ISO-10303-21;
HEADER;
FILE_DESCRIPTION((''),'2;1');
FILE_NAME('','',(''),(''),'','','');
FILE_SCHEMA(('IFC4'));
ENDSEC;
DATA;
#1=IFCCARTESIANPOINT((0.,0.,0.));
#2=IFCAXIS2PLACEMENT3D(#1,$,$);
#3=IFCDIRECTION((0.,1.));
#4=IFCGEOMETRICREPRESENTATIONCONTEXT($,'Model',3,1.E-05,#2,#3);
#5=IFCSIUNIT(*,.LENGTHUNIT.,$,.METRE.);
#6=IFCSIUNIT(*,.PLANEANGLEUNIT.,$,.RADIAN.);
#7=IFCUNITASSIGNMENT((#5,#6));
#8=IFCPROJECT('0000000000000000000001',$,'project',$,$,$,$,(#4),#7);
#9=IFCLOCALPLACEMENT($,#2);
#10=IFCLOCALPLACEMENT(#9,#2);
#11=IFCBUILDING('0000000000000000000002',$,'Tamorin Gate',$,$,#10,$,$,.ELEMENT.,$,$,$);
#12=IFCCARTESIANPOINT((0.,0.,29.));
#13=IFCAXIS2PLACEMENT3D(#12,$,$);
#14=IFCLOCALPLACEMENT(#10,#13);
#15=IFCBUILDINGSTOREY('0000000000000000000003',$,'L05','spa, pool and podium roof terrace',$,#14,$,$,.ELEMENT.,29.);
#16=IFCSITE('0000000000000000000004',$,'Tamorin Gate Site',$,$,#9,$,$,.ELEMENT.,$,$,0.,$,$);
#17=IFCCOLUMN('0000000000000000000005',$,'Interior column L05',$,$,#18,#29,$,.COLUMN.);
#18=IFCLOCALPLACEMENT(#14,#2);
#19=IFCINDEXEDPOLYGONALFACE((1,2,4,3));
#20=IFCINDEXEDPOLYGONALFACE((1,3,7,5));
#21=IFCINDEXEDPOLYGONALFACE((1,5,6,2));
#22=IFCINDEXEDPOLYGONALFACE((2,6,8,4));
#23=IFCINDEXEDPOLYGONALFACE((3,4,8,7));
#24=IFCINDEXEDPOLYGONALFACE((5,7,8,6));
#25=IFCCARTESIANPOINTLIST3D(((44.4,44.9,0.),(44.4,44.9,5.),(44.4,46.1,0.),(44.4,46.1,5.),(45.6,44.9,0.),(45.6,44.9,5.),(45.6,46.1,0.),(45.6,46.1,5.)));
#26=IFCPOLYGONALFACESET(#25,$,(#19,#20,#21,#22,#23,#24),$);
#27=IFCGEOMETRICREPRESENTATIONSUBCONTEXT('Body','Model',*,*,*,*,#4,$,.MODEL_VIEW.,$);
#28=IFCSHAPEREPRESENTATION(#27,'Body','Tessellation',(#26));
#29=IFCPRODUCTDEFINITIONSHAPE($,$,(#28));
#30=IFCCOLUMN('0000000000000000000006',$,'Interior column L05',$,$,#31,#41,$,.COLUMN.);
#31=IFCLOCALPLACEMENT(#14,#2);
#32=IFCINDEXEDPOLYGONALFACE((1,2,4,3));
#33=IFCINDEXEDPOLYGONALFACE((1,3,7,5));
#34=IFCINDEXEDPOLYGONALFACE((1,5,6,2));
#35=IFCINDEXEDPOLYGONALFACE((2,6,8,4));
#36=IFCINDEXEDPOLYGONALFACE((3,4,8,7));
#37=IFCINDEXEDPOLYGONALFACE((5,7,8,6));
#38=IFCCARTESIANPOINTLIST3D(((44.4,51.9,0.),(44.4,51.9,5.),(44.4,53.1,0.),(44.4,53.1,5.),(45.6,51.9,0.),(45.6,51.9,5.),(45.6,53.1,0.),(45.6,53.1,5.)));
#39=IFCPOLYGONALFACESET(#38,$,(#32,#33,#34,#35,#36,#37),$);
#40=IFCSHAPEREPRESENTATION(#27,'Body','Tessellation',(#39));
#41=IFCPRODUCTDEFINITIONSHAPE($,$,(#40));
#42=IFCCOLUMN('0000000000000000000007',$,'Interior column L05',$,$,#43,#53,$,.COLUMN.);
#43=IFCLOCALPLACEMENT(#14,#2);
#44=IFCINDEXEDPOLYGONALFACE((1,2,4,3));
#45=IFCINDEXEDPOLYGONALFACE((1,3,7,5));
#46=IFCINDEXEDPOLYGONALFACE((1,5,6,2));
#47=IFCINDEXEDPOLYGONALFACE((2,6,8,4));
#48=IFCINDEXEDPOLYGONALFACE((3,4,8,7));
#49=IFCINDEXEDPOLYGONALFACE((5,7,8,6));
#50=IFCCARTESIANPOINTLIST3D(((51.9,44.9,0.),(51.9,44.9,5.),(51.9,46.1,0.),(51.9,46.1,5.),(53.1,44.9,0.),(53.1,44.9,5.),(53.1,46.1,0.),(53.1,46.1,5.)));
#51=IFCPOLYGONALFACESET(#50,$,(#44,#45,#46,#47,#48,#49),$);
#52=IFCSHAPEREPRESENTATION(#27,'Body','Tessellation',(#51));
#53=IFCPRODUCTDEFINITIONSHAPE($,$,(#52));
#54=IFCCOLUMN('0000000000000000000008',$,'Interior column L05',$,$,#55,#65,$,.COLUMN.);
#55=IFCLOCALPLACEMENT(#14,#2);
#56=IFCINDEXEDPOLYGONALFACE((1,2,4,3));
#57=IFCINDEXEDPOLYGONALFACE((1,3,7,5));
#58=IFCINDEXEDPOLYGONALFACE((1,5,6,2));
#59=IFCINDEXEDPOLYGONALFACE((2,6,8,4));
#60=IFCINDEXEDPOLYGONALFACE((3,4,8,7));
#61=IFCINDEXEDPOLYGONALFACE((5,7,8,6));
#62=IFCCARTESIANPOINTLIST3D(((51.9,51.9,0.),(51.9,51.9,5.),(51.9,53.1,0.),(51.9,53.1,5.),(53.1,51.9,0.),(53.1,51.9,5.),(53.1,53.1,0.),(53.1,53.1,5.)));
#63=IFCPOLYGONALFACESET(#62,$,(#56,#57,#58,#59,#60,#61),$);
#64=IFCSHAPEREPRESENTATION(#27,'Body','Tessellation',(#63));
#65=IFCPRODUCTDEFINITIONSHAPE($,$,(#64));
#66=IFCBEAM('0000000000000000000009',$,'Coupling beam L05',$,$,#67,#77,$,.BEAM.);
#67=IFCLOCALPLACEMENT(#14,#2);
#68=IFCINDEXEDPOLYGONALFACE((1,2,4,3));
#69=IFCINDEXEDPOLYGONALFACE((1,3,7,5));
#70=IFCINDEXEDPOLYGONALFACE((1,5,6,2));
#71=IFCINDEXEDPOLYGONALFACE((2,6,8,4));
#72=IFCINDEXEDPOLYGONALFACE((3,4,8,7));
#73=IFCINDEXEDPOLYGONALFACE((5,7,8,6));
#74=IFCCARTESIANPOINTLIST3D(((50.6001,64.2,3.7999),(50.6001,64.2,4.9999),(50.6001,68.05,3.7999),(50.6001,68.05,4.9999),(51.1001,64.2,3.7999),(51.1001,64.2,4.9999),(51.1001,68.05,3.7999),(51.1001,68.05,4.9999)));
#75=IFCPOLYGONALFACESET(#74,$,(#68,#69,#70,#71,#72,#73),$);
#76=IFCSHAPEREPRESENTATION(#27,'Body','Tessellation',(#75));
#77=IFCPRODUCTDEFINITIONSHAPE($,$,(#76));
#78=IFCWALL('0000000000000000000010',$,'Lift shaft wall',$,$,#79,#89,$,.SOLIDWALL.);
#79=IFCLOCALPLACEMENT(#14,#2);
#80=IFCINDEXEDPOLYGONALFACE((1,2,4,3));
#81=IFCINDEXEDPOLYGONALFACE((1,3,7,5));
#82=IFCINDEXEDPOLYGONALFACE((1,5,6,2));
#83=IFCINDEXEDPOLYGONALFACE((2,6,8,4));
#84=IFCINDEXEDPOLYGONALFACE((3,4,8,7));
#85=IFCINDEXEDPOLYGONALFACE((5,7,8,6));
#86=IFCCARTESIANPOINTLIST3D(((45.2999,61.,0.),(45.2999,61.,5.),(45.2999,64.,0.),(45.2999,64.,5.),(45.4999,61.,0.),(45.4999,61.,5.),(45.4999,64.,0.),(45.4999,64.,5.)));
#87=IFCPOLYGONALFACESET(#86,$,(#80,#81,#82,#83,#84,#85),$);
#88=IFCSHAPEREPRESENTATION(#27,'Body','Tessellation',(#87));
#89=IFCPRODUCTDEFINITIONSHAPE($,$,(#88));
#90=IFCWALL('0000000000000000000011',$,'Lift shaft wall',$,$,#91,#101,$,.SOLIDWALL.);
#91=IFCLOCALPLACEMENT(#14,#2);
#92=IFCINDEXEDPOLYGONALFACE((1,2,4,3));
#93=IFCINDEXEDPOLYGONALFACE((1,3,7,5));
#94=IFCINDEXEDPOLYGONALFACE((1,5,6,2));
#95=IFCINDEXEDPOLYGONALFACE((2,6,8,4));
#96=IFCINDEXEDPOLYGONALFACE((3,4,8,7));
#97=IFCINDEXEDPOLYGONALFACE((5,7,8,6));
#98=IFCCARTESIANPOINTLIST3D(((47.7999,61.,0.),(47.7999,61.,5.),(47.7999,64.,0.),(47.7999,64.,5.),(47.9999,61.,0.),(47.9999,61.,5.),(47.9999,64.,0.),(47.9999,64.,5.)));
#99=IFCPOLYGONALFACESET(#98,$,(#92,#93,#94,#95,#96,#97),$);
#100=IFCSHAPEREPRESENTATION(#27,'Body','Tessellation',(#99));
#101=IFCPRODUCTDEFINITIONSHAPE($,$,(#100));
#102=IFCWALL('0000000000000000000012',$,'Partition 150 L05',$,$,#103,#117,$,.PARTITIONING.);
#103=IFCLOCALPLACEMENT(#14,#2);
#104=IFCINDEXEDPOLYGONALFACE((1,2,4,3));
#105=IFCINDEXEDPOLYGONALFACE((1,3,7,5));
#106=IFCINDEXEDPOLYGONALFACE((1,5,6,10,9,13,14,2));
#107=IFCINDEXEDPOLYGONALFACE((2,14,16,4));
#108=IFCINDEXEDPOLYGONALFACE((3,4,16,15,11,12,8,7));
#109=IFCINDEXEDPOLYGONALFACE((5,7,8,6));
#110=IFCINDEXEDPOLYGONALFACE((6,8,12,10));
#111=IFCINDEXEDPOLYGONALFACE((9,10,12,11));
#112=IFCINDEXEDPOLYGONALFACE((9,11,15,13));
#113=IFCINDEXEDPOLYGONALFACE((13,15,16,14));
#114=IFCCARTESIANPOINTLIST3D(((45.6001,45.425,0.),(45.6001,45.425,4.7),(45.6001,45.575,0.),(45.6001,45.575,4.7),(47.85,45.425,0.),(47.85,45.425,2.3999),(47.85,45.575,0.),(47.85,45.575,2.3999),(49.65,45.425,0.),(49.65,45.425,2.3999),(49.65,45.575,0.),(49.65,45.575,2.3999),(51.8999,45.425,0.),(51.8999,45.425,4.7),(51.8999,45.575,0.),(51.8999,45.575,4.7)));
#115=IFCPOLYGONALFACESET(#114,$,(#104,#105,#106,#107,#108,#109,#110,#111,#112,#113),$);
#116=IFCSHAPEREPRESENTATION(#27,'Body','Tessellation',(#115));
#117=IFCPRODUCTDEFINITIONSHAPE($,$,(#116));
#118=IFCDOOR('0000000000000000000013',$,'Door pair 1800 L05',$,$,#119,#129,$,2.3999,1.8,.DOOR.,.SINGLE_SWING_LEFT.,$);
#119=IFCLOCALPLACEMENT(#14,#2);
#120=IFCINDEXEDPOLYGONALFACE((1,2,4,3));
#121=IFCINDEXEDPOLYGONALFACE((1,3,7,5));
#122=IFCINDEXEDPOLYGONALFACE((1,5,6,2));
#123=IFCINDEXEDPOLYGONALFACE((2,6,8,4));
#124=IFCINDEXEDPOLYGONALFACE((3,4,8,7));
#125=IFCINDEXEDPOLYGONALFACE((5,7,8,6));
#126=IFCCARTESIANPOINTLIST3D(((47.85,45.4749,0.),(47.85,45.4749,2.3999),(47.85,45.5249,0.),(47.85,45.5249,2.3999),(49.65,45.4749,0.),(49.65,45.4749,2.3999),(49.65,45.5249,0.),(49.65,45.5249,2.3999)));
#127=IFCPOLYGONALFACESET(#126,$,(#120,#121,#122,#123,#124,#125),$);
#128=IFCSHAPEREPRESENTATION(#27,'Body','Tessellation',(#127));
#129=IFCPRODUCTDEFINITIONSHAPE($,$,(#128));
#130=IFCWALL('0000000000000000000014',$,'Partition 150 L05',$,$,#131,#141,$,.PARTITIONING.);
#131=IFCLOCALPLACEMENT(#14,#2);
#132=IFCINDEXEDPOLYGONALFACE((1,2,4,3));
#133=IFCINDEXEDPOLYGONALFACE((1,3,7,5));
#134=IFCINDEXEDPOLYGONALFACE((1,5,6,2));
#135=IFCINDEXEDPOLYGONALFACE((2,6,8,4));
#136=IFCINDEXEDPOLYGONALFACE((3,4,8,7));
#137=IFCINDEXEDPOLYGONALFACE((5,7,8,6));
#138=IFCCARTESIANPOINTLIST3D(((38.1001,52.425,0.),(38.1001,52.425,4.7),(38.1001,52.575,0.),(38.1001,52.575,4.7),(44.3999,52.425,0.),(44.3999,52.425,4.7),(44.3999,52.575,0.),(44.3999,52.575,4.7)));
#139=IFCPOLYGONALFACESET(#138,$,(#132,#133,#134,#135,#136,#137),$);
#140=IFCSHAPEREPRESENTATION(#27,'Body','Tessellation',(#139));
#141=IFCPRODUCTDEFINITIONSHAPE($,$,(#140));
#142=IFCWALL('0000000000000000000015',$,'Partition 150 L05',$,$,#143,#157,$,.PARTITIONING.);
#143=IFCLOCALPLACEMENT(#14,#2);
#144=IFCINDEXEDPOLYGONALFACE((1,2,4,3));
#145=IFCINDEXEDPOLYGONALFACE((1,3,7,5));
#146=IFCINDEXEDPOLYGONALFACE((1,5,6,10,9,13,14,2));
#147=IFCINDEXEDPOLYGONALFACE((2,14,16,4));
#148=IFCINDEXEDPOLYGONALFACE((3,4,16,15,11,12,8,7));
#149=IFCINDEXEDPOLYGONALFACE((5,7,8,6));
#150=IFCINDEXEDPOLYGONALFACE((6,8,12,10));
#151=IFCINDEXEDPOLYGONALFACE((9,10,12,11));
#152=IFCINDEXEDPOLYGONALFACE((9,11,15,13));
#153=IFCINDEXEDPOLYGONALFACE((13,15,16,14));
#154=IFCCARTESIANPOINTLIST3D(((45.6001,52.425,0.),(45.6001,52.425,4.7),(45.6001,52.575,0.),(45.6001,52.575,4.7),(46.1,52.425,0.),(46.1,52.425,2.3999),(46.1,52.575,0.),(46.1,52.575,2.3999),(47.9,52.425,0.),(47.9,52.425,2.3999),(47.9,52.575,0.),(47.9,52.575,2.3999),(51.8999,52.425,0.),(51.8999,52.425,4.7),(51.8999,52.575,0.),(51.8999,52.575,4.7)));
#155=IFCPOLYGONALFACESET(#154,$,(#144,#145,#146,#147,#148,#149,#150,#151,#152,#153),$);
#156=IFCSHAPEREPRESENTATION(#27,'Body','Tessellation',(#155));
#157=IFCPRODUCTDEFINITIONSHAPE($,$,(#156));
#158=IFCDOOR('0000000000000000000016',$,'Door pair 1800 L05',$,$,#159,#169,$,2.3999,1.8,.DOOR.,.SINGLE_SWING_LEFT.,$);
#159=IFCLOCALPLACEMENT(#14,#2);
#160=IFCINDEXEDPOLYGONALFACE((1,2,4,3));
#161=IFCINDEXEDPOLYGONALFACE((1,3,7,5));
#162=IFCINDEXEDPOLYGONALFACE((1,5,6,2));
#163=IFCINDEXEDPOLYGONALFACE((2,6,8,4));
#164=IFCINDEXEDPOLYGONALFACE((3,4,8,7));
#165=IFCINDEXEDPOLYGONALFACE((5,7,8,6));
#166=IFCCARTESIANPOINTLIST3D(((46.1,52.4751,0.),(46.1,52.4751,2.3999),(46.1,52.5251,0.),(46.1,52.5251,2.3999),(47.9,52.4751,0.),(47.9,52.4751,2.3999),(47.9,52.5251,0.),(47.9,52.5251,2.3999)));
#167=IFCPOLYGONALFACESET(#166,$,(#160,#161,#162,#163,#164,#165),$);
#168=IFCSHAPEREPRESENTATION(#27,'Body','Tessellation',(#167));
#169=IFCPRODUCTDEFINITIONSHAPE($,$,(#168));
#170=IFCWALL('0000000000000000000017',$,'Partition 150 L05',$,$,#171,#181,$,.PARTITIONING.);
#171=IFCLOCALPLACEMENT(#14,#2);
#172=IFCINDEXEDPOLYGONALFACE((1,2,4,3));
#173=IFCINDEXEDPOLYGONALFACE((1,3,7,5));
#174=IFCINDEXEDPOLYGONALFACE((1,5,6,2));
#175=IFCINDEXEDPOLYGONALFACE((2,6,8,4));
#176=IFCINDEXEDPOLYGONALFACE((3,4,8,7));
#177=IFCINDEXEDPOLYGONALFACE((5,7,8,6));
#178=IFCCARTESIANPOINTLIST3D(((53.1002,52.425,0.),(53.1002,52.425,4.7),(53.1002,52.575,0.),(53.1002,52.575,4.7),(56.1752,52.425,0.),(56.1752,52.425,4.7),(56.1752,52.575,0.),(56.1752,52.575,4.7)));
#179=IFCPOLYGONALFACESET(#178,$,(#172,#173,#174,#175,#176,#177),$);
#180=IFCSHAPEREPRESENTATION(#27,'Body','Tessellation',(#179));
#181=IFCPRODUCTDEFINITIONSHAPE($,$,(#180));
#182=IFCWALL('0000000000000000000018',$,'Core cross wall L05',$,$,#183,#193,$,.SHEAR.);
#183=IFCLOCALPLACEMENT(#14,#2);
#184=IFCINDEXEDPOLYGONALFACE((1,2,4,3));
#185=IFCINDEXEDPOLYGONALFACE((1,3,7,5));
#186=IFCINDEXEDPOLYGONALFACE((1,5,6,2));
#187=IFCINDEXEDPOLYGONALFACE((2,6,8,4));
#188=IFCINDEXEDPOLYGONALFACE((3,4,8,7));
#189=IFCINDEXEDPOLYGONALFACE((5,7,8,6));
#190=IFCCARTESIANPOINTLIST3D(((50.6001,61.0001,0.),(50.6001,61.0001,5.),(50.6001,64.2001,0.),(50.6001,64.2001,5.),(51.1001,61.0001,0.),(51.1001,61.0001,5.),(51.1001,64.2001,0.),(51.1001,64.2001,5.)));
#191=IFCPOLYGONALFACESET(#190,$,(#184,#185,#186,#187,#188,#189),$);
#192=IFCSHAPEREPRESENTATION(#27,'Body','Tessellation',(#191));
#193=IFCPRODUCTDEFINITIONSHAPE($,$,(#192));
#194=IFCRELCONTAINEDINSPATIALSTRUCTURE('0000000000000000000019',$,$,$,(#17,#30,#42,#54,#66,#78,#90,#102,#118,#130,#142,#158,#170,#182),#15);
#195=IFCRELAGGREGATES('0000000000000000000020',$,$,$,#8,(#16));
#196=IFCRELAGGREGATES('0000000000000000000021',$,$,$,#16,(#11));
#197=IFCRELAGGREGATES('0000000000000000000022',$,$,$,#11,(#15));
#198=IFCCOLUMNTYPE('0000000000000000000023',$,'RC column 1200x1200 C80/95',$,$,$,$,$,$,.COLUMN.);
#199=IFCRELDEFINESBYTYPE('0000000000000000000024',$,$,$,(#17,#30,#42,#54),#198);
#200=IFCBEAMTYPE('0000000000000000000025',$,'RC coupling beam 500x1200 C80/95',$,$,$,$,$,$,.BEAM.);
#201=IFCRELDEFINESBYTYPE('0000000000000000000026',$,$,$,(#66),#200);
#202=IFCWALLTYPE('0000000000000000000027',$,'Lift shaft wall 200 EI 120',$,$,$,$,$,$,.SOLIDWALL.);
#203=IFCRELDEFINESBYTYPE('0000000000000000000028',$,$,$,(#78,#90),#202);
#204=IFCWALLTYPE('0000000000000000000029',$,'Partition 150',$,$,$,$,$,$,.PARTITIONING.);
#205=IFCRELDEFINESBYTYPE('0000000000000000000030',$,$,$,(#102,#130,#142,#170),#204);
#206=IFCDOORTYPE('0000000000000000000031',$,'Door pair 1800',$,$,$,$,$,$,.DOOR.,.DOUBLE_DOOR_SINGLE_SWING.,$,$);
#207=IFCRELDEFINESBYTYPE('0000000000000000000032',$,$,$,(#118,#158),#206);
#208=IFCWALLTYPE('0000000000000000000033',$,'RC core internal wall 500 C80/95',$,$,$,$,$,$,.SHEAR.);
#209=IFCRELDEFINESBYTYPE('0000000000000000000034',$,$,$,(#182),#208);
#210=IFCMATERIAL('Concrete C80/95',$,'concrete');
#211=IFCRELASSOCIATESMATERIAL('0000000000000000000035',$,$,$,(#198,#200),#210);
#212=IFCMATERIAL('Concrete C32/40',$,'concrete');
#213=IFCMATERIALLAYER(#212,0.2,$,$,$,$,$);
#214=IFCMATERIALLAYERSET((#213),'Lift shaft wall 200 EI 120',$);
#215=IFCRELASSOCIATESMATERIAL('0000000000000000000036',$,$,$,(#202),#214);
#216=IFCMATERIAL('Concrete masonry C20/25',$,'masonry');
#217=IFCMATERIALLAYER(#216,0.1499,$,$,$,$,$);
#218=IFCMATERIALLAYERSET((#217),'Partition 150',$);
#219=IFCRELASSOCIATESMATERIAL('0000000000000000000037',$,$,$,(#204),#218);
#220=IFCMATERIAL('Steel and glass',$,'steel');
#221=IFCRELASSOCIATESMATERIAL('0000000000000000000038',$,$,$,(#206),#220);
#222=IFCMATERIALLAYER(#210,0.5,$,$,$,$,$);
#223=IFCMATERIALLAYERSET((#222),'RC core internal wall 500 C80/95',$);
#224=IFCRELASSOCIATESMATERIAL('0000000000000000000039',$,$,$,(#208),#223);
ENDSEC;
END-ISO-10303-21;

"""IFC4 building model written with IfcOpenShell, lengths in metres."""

from ifc_helpers import new_model, si_unit, direction, frame, frame_2d, origin, origin_2d, place, context, subcontext, project, spatial, rectangle, extrude, material, layer, layer_set, material_profile, profile_set, type_object, element, fill, save


model = new_model("IFC4")

# Units and contexts
model_context = context("Model", 3, precision=1e-05, world=origin(), true_north=direction((0.0, 1.0)))
body_context = subcontext(model_context, "Body", "Model", "MODEL_VIEW")
ifc_project = project(units=[si_unit("LENGTHUNIT", "METRE"), si_unit("PLANEANGLEUNIT", "RADIAN")], contexts=[model_context])

# Site, building, storey
site_placement = place(None, origin())
site = spatial("IfcSite", under=ifc_project, at=site_placement, Name="Tamorin Gate Site", CompositionType="ELEMENT", RefElevation=0.0)
building_placement = place(site_placement, origin())
building = spatial("IfcBuilding", under=site, at=building_placement, Name="Tamorin Gate", CompositionType="ELEMENT")
storey_placement = place(building_placement, frame((0.0, 0.0, 29.0)))
storey = spatial("IfcBuildingStorey", under=building, at=storey_placement, Name="L05", Description="spa, pool and podium roof terrace", CompositionType="ELEMENT", Elevation=29.0)

# Columns
ifc_material_1 = material(Name="Concrete C80/95", Category="concrete")
ifc_material_profile_1 = material_profile(ifc_material_1, rectangle(XDim=1.2, YDim=1.2, at=origin_2d()), Name="RC 1200x1200")
ifc_profile_set_1 = profile_set([ifc_material_profile_1], Name="Concrete C80/95")
column_type = type_object("IfcColumnType", Name="RC column 1200x1200 C80/95", PredefinedType="COLUMN", material=ifc_profile_set_1)
for number, where, z_axis, x_axis, name in (
    (1, (45.0, 45.5, 0.0), (0.0, 0.0, 1.0), (1.0, 0.0, 0.0), "Interior column L05"),
    (2, (45.0, 52.5, 0.0), (0.0, 0.0, 1.0), (1.0, 0.0, 0.0), "Interior column L05"),
    (3, (52.5, 45.5, 0.0), (0.0, 0.0, 1.0), (1.0, 0.0, 0.0), "Interior column L05"),
    (4, (52.5, 52.5, 0.0), (0.0, 0.0, 1.0), (1.0, 0.0, 0.0), "Interior column L05"),
):
    element("IfcColumn", number, at=place(storey_placement, frame(where, z_axis=z_axis, x_axis=x_axis)), inside=storey, type_object=column_type, Name=name, PredefinedType="COLUMN", context=body_context, shape_type="SweptSolid", body=[
        extrude(rectangle(XDim=1.2, YDim=1.2, at=origin_2d()), origin(), (0.0, 0.0, 1.0), 5.0),
    ])

# Beam
ifc_material_profile_2 = material_profile(ifc_material_1, rectangle(XDim=0.5, YDim=1.2, at=origin_2d()), Name="RC 500x1200")
ifc_profile_set_2 = profile_set([ifc_material_profile_2], Name="Concrete C80/95")
beam_type = type_object("IfcBeamType", Name="RC coupling beam 500x1200 C80/95", PredefinedType="BEAM", material=ifc_profile_set_2)
beam_placement = place(storey_placement, frame((50.8501, 64.2, 4.3999), z_axis=(0.0, 1.0, 0.0), x_axis=(-1.0, 0.0, 0.0)))
element("IfcBeam", 5, at=beam_placement, inside=storey, type_object=beam_type, Name="Coupling beam L05", PredefinedType="BEAM", context=body_context, shape_type="SweptSolid", body=[
    extrude(rectangle(XDim=0.5, YDim=1.2, at=origin_2d()), origin(), (0.0, 0.0, 1.0), 3.8501),
])

# Walls
ifc_material_2 = material(Name="Concrete C32/40", Category="concrete")
ifc_layer_1 = layer(ifc_material_2, 0.2)
ifc_layer_set_1 = layer_set([ifc_layer_1], Name="Lift shaft wall 200 EI 120")
wall_type_1 = type_object("IfcWallType", Name="Lift shaft wall 200 EI 120", PredefinedType="SOLIDWALL", material=ifc_layer_set_1)
for number, where, z_axis, x_axis, name in (
    (6, (45.3999, 61.0, 0.0), (0.0, 0.0, 1.0), (0.0, 1.0, 0.0), "Lift shaft wall"),
    (7, (47.8999, 61.0, 0.0), (0.0, 0.0, 1.0), (0.0, 1.0, 0.0), "Lift shaft wall"),
):
    element("IfcWall", number, at=place(storey_placement, frame(where, z_axis=z_axis, x_axis=x_axis)), inside=storey, type_object=wall_type_1, Name=name, PredefinedType="SOLIDWALL", context=body_context, shape_type="SweptSolid", body=[
        extrude(rectangle(XDim=3.0, YDim=0.2, at=frame_2d((1.5, 0.0))), origin(), (0.0, 0.0, 1.0), 5.0),
    ])

# Wall, opening, door
ifc_material_3 = material(Name="Concrete masonry C20/25", Category="masonry")
ifc_layer_2 = layer(ifc_material_3, 0.1499)
ifc_layer_set_2 = layer_set([ifc_layer_2], Name="Partition 150")
wall_type_2 = type_object("IfcWallType", Name="Partition 150", PredefinedType="PARTITIONING", material=ifc_layer_set_2)
ifc_material_4 = material(Name="Steel and glass", Category="steel")
door_type_1 = type_object("IfcDoorType", Name="Door pair 1800", OperationType="DOUBLE_DOOR_SINGLE_SWING", PredefinedType="DOOR", material=ifc_material_4)
wall_1_placement = place(storey_placement, frame((45.6001, 45.5, 0.0), z_axis=(0.0, 0.0, 1.0), x_axis=(1.0, 0.0, 0.0)))
wall_1 = element("IfcWall", 8, at=wall_1_placement, inside=storey, type_object=wall_type_2, Name="Partition 150 L05", PredefinedType="PARTITIONING", context=body_context, shape_type="SweptSolid", body=[
    extrude(rectangle(XDim=6.2998, YDim=0.1499, at=frame_2d((3.1499, 0.0))), origin(), (0.0, 0.0, 1.0), 4.7),
])
opening_1_placement = place(wall_1_placement, frame((2.25, 0.0, 0.0)))
opening_1 = element("IfcOpeningElement", 9, at=opening_1_placement, cuts=wall_1, PredefinedType="OPENING", context=body_context, shape_type="SweptSolid", body=[
    extrude(rectangle(XDim=1.8, YDim=2.3999, at=frame_2d((0.8999, 1.2))), frame((0.0, 0.085, 0.0), z_axis=(0.0, -1.0, 0.0), x_axis=(1.0, 0.0, 0.0)), (0.0, 0.0, 1.0), 0.1699),
])
door_1_placement = place(opening_1_placement, origin())
door_1 = element("IfcDoor", 10, at=door_1_placement, inside=storey, type_object=door_type_1, Name="Door pair 1800 L05", OperationType="SINGLE_SWING_LEFT", OverallHeight=2.3999, OverallWidth=1.8, PredefinedType="DOOR", context=body_context, shape_type="SweptSolid", body=[
    extrude(rectangle(XDim=1.8, YDim=2.3999, at=frame_2d((0.8999, 1.2))), frame((0.0, 0.0249, 0.0), z_axis=(0.0, -1.0, 0.0), x_axis=(1.0, 0.0, 0.0)), (0.0, 0.0, 1.0), 0.05),
])
fill(opening_1, door_1)

# Wall
wall_2_placement = place(storey_placement, frame((38.1001, 52.5, 0.0), z_axis=(0.0, 0.0, 1.0), x_axis=(1.0, 0.0, 0.0)))
element("IfcWall", 11, at=wall_2_placement, inside=storey, type_object=wall_type_2, Name="Partition 150 L05", PredefinedType="PARTITIONING", context=body_context, shape_type="SweptSolid", body=[
    extrude(rectangle(XDim=6.2998, YDim=0.1499, at=frame_2d((3.1499, 0.0))), origin(), (0.0, 0.0, 1.0), 4.7),
])

# Wall, opening, door
wall_3_placement = place(storey_placement, frame((51.8999, 52.5, 0.0), z_axis=(0.0, 0.0, 1.0), x_axis=(-1.0, 0.0, 0.0)))
wall_3 = element("IfcWall", 12, at=wall_3_placement, inside=storey, type_object=wall_type_2, Name="Partition 150 L05", PredefinedType="PARTITIONING", context=body_context, shape_type="SweptSolid", body=[
    extrude(rectangle(XDim=6.2998, YDim=0.1499, at=frame_2d((3.1499, 0.0))), origin(), (0.0, 0.0, 1.0), 4.7),
])
opening_2_placement = place(wall_3_placement, frame((4.0, 0.0, 0.0)))
opening_2 = element("IfcOpeningElement", 13, at=opening_2_placement, cuts=wall_3, PredefinedType="OPENING", context=body_context, shape_type="SweptSolid", body=[
    extrude(rectangle(XDim=1.8, YDim=2.3999, at=frame_2d((0.8999, 1.2))), frame((0.0, 0.085, 0.0), z_axis=(0.0, -1.0, 0.0), x_axis=(1.0, 0.0, 0.0)), (0.0, 0.0, 1.0), 0.1699),
])
door_2_placement = place(opening_2_placement, origin())
door_2 = element("IfcDoor", 14, at=door_2_placement, inside=storey, type_object=door_type_1, Name="Door pair 1800 L05", OperationType="SINGLE_SWING_LEFT", OverallHeight=2.3999, OverallWidth=1.8, PredefinedType="DOOR", context=body_context, shape_type="SweptSolid", body=[
    extrude(rectangle(XDim=1.8, YDim=2.3999, at=frame_2d((0.8999, 1.2))), frame((0.0, 0.0249, 0.0), z_axis=(0.0, -1.0, 0.0), x_axis=(1.0, 0.0, 0.0)), (0.0, 0.0, 1.0), 0.05),
])
fill(opening_2, door_2)

# Walls
wall_4_placement = place(storey_placement, frame((53.1001, 52.5, 0.0), z_axis=(0.0, 0.0, 1.0), x_axis=(1.0, 0.0, 0.0)))
element("IfcWall", 15, at=wall_4_placement, inside=storey, type_object=wall_type_2, Name="Partition 150 L05", PredefinedType="PARTITIONING", context=body_context, shape_type="SweptSolid", body=[
    extrude(rectangle(XDim=3.075, YDim=0.1499, at=frame_2d((1.5376, 0.0))), origin(), (0.0, 0.0, 1.0), 4.7),
])
ifc_layer_3 = layer(ifc_material_1, 0.5)
ifc_layer_set_3 = layer_set([ifc_layer_3], Name="RC core internal wall 500 C80/95")
wall_type_3 = type_object("IfcWallType", Name="RC core internal wall 500 C80/95", PredefinedType="SHEAR", material=ifc_layer_set_3)
wall_5_placement = place(storey_placement, frame((50.8501, 61.0, 0.0), z_axis=(0.0, 0.0, 1.0), x_axis=(0.0, 1.0, 0.0)))
element("IfcWall", 16, at=wall_5_placement, inside=storey, type_object=wall_type_3, Name="Core cross wall L05", PredefinedType="SHEAR", context=body_context, shape_type="SweptSolid", body=[
    extrude(rectangle(XDim=3.2, YDim=0.5, at=frame_2d((1.6001, 0.0))), origin(), (0.0, 0.0, 1.0), 5.0),
])

save(model, "model.ifc")
